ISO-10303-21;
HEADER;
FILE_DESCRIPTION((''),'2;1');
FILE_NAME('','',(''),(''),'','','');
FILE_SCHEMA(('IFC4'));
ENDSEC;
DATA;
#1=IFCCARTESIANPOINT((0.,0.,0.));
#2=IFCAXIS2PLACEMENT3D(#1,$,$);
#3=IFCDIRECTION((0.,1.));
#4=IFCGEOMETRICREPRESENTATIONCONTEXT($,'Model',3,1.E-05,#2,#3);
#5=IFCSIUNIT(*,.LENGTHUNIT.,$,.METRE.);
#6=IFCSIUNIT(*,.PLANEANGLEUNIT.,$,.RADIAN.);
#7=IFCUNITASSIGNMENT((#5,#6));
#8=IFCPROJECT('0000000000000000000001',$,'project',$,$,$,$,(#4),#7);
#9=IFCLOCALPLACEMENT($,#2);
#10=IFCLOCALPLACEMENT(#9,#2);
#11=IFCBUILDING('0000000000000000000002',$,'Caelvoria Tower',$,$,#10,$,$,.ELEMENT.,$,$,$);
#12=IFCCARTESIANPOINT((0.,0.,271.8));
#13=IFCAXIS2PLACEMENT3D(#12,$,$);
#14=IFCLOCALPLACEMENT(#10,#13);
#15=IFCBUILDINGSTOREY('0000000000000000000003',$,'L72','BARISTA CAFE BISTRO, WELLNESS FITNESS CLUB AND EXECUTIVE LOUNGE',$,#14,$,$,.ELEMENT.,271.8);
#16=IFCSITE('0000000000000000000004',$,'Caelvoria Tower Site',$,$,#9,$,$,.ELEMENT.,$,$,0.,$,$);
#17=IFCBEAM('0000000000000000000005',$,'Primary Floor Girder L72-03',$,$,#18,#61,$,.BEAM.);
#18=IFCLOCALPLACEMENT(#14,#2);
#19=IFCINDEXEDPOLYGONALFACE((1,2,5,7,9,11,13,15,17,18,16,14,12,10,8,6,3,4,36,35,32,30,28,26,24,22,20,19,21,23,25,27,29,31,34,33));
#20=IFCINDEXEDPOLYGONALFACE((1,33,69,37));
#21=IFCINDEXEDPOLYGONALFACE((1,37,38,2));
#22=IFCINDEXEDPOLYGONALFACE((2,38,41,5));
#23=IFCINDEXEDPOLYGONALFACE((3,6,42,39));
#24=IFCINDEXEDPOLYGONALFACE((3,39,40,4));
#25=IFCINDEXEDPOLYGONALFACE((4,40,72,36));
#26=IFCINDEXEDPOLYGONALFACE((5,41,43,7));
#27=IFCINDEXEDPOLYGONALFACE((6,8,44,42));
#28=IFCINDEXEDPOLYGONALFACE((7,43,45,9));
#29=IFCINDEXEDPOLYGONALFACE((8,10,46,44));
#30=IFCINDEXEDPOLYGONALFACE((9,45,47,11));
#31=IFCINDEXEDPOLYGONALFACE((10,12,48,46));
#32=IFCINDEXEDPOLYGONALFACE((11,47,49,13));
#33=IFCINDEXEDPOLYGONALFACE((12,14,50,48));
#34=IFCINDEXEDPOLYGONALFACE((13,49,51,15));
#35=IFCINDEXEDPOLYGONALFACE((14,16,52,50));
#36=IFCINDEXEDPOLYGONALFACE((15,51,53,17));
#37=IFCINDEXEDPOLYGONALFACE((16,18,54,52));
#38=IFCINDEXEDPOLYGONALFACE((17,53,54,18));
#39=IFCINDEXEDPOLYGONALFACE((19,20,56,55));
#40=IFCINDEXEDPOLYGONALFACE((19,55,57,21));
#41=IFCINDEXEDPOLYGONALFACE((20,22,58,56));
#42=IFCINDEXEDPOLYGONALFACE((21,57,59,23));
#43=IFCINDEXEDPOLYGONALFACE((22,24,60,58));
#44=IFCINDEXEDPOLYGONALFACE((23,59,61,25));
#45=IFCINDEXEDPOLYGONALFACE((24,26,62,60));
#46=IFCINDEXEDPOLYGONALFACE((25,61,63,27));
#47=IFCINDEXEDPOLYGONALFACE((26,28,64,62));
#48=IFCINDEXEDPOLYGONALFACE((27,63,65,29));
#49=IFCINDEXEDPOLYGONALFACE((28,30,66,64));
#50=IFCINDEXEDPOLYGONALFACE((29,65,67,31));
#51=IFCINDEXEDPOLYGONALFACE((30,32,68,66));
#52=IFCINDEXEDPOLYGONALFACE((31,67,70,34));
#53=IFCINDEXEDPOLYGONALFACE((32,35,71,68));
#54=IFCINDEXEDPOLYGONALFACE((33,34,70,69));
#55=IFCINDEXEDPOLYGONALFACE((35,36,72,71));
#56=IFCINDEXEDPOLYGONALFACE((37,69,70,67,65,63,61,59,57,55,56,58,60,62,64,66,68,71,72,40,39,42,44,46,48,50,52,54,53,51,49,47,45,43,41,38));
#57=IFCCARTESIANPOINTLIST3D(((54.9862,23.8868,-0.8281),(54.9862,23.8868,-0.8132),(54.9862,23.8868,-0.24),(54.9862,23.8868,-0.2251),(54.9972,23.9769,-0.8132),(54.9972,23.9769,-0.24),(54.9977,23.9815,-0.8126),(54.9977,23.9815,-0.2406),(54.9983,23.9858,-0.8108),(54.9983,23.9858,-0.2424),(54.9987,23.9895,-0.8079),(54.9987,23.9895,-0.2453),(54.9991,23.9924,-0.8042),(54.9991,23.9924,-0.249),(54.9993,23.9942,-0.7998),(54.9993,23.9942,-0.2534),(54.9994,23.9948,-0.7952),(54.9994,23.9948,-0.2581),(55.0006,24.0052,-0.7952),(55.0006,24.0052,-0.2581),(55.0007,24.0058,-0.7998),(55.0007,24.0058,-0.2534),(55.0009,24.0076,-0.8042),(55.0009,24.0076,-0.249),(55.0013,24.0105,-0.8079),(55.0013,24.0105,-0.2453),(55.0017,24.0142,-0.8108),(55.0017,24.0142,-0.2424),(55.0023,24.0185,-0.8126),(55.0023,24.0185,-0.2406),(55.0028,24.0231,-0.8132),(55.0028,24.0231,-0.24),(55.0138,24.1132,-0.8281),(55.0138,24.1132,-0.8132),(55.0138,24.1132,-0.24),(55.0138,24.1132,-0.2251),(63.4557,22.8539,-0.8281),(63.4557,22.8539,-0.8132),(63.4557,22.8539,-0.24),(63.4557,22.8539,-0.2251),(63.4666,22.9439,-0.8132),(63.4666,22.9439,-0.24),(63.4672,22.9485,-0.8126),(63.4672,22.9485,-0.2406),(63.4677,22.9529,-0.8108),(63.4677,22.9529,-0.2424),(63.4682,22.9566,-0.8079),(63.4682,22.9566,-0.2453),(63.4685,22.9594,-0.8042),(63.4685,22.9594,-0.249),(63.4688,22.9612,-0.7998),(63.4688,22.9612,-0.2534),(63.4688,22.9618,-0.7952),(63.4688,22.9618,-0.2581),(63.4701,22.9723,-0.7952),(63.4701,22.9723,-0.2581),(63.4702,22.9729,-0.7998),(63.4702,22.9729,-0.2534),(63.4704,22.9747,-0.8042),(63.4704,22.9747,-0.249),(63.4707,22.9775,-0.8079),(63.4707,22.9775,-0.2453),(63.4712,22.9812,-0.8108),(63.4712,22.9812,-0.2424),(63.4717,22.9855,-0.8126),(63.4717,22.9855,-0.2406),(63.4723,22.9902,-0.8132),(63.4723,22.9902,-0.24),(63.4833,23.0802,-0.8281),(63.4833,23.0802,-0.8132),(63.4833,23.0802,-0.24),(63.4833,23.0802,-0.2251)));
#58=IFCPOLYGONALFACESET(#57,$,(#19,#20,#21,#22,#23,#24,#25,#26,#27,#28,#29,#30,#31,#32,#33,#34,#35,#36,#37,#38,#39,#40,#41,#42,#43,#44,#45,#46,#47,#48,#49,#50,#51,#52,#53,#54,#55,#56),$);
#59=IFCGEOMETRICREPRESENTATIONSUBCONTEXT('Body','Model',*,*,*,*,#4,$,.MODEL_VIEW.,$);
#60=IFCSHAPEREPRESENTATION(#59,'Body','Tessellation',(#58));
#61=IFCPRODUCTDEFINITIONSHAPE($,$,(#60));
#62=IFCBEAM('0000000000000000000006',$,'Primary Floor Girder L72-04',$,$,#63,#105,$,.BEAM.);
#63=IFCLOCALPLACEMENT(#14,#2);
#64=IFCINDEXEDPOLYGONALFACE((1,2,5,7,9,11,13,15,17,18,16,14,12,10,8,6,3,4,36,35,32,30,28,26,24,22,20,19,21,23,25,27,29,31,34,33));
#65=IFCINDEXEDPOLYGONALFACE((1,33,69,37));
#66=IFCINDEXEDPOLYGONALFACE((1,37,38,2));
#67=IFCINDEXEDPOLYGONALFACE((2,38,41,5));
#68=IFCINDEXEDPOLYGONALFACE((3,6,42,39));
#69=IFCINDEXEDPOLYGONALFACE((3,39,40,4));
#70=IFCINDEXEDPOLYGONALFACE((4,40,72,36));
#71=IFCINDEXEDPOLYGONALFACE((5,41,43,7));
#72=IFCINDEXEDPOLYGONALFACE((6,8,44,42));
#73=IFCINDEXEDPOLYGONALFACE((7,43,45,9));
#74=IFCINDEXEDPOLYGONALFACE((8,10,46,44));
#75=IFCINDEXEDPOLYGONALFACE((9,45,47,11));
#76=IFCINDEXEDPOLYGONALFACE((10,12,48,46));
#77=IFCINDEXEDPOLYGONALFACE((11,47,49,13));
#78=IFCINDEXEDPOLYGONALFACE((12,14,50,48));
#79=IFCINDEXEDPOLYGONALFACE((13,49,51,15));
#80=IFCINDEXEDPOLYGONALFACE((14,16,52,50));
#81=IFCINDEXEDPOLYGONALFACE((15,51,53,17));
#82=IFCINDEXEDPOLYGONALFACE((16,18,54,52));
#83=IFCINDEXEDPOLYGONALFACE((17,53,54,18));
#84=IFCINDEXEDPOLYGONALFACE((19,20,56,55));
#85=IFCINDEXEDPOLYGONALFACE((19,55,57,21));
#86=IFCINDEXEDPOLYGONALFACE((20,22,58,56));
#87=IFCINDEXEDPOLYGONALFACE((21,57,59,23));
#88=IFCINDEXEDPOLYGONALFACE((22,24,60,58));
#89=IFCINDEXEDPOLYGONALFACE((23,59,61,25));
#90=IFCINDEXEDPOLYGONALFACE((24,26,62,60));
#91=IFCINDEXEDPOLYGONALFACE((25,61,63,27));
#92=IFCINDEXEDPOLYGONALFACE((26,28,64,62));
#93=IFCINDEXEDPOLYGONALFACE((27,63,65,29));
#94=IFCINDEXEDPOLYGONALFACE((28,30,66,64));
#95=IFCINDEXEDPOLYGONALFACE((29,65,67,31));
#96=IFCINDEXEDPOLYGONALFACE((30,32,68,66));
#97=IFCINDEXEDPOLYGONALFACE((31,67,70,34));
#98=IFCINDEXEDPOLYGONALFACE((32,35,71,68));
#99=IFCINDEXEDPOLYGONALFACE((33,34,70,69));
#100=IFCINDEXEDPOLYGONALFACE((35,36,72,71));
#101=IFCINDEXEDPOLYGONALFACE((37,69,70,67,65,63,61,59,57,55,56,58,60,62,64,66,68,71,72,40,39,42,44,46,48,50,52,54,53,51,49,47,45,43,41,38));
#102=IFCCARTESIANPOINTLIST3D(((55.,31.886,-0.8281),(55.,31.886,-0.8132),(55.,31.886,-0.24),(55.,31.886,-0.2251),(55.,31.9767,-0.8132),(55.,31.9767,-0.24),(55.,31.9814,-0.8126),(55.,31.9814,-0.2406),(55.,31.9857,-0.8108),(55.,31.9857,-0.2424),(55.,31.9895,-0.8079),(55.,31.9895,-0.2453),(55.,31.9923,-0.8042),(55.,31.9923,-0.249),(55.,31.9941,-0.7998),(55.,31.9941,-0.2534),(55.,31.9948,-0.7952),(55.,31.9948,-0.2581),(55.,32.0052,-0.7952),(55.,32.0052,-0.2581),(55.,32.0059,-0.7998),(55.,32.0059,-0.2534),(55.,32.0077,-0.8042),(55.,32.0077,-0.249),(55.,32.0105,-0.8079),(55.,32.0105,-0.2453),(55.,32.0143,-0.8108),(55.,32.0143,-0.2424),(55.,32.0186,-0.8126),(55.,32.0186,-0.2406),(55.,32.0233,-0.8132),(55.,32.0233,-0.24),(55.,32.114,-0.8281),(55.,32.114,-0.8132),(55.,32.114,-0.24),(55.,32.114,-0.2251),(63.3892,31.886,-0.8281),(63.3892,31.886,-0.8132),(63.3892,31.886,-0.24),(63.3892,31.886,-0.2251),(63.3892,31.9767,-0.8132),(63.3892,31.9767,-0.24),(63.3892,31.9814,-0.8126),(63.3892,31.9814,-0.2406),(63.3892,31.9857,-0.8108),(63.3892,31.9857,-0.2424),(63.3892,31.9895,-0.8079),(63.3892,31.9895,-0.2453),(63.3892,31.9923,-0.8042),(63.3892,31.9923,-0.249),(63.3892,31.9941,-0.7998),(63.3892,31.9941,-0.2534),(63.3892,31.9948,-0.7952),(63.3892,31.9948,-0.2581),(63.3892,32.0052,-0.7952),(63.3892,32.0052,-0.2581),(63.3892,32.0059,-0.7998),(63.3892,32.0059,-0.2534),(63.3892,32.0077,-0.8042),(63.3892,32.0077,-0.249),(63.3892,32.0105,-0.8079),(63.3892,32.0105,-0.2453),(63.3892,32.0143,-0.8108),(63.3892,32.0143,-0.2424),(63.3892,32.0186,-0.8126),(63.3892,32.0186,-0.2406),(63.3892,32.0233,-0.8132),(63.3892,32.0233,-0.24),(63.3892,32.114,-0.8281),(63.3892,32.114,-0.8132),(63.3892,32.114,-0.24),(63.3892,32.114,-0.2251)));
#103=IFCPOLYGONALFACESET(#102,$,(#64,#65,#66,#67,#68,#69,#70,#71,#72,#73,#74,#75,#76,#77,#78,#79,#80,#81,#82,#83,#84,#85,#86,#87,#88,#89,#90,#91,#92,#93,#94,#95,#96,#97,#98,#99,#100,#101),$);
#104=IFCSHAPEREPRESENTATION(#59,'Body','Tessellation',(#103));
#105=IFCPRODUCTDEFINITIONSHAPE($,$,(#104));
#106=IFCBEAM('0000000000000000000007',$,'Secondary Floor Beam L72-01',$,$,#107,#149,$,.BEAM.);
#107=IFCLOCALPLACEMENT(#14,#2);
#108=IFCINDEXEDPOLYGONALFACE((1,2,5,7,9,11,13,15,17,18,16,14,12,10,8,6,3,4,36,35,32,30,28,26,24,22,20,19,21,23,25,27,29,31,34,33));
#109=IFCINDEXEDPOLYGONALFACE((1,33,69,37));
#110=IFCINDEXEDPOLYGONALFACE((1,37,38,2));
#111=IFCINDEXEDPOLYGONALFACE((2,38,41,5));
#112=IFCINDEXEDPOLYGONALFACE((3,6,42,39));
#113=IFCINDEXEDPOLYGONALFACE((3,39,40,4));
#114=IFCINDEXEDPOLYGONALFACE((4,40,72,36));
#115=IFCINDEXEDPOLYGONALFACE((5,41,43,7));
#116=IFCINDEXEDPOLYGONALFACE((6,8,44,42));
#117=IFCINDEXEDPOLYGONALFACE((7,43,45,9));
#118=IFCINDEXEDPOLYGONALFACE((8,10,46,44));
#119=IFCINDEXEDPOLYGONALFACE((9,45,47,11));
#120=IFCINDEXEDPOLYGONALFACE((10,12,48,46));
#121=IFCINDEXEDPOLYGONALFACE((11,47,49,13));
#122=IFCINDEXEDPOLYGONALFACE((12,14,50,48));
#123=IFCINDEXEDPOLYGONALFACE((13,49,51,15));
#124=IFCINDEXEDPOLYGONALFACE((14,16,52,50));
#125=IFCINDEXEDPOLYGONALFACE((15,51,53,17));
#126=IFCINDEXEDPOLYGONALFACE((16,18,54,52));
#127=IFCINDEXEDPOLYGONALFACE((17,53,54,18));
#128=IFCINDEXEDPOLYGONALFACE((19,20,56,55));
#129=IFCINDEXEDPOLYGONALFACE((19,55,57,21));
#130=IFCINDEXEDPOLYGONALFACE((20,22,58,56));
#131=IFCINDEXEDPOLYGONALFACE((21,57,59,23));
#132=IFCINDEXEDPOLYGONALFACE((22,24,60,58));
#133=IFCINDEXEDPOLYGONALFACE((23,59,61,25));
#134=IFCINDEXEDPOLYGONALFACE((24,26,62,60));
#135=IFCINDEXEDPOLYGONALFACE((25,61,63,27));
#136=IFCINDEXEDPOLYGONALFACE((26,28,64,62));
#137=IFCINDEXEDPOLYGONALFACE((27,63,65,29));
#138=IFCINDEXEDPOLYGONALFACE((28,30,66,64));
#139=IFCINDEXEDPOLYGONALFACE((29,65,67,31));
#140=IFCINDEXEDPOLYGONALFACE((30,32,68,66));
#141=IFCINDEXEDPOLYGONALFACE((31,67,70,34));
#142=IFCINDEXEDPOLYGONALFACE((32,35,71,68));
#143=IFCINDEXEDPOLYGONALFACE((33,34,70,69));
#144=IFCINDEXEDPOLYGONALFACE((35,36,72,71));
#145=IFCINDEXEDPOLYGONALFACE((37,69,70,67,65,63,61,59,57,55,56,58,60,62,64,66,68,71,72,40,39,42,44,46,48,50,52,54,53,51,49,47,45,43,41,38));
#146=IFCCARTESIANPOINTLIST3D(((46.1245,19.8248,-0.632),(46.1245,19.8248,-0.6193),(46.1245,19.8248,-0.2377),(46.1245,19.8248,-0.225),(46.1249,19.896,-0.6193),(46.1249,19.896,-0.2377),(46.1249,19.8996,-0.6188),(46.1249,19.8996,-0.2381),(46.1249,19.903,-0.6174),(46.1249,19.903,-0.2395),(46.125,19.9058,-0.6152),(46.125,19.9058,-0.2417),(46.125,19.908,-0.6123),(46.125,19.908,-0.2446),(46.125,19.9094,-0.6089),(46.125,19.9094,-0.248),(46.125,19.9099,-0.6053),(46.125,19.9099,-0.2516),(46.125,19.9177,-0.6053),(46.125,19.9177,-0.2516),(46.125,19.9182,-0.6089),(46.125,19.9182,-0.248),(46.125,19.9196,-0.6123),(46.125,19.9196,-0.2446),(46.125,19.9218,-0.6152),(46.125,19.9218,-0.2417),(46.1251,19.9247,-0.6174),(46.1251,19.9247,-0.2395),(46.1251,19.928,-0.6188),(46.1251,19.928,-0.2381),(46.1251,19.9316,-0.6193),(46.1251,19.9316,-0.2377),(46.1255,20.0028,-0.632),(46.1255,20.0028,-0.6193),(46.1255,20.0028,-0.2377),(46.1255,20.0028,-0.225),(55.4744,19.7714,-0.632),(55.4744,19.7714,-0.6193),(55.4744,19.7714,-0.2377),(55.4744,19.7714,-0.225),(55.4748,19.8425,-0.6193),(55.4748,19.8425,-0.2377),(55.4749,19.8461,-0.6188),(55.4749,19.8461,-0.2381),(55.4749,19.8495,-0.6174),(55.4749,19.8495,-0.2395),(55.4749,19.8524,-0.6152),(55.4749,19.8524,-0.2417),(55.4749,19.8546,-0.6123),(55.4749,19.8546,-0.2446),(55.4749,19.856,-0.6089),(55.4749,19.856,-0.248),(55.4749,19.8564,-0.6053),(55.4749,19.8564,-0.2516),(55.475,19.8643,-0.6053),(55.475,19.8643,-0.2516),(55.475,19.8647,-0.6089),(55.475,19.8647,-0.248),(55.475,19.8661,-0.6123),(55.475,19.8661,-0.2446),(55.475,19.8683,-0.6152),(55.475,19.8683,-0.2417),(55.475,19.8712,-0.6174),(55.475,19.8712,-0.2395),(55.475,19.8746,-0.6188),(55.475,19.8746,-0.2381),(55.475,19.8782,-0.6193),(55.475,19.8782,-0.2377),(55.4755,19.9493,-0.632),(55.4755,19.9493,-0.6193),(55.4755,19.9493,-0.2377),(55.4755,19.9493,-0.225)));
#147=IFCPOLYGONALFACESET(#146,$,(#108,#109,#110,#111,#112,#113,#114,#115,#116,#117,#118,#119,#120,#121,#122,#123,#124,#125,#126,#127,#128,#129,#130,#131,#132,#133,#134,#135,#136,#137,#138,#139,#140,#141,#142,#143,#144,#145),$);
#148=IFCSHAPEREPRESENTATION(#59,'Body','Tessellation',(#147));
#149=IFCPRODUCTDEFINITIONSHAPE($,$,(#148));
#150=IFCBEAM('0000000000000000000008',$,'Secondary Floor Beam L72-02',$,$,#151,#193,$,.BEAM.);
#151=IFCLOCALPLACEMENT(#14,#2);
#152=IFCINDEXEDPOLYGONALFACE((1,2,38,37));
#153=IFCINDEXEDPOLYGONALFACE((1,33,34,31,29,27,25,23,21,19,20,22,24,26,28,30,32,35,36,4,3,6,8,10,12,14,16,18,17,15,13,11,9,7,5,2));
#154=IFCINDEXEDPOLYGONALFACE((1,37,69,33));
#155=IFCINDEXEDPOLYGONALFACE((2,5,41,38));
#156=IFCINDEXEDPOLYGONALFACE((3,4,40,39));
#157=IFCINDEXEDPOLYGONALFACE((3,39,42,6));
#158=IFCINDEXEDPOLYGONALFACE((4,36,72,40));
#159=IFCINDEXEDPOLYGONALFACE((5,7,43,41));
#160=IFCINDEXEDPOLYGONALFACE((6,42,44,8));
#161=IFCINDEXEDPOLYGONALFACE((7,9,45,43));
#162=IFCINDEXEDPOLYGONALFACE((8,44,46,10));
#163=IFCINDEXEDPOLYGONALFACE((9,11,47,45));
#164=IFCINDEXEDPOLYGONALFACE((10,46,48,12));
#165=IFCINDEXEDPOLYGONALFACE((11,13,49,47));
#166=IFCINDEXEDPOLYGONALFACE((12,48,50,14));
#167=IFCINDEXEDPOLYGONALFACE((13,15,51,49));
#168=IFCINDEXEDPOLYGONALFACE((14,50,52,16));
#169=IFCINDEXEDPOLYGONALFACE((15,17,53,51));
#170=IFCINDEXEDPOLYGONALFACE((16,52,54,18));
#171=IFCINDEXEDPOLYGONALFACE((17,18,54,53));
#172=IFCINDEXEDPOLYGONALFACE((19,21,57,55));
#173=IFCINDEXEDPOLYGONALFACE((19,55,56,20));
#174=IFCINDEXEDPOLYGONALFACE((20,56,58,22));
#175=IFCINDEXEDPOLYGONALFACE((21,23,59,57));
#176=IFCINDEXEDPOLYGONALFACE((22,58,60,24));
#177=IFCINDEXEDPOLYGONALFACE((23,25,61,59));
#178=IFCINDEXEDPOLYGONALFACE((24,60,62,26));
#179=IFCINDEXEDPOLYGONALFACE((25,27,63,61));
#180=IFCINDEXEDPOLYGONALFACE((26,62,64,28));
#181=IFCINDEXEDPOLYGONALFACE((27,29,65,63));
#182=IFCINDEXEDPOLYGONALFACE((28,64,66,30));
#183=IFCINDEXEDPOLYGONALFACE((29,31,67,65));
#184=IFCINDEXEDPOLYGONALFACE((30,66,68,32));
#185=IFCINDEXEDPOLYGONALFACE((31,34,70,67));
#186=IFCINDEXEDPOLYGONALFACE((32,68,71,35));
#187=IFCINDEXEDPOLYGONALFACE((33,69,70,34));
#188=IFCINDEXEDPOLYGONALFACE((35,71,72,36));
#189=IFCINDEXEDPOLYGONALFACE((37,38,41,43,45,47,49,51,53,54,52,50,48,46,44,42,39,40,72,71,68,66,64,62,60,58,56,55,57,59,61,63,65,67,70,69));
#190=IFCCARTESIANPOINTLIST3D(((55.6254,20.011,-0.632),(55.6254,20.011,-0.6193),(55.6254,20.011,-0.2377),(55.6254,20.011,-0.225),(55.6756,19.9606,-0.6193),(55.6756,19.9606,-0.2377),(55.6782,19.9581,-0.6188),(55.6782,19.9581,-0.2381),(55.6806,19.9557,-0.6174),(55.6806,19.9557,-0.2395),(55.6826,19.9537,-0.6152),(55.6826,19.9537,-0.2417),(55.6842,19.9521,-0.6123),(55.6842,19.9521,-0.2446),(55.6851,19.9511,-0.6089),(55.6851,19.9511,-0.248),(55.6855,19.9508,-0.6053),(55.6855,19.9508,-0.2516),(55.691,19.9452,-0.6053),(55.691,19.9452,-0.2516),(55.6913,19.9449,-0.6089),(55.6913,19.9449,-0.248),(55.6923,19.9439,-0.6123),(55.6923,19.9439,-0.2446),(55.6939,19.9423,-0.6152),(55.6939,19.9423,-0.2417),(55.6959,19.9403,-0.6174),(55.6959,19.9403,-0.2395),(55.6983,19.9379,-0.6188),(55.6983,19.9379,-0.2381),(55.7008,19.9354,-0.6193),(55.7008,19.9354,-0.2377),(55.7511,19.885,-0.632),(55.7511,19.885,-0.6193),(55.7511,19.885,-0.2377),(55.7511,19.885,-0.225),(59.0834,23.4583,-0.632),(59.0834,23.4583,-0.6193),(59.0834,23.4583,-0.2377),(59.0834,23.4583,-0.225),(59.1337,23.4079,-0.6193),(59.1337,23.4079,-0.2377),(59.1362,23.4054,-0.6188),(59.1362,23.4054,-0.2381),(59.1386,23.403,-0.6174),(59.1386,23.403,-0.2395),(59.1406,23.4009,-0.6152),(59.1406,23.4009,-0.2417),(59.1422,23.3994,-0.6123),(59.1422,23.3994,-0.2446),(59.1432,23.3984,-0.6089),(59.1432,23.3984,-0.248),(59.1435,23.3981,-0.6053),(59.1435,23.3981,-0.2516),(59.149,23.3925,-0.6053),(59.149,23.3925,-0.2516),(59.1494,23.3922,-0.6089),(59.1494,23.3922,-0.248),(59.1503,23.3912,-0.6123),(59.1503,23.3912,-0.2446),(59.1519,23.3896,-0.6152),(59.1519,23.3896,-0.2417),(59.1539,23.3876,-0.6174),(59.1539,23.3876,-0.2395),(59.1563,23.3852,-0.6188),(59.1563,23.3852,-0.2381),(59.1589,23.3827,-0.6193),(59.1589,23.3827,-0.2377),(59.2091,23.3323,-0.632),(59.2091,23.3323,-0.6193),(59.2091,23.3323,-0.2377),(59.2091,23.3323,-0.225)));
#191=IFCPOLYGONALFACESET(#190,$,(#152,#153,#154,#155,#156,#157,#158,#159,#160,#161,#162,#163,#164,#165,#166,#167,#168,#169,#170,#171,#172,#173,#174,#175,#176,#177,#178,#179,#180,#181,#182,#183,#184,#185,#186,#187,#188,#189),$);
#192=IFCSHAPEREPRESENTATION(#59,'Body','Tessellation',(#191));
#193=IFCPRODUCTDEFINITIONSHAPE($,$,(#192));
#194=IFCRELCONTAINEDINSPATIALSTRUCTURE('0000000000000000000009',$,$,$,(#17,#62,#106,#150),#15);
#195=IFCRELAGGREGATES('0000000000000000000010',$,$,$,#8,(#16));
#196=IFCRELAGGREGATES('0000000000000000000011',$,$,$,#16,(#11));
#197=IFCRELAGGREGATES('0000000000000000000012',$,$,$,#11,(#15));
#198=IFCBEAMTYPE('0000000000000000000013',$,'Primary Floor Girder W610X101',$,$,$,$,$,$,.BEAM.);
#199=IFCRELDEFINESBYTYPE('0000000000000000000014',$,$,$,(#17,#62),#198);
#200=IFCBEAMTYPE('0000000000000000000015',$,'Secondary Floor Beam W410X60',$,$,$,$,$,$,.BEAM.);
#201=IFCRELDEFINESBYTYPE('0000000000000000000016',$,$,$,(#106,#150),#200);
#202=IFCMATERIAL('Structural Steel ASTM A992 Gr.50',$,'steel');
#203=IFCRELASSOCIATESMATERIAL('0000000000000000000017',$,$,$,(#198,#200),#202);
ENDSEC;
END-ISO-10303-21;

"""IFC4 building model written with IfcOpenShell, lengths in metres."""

from ifc_helpers import new_model, si_unit, direction, frame, origin, origin_2d, place, context, subcontext, project, spatial, i_section, extrude, material, material_profile, profile_set, type_object, element, save


model = new_model("IFC4")

# Units and contexts
model_context = context("Model", 3, precision=1e-05, world=origin(), true_north=direction((0.0, 1.0)))
body_context = subcontext(model_context, "Body", "Model", "MODEL_VIEW")
ifc_project = project(units=[si_unit("LENGTHUNIT", "METRE"), si_unit("PLANEANGLEUNIT", "RADIAN")], contexts=[model_context])

# Site, building, storey
site_placement = place(None, origin())
site = spatial("IfcSite", under=ifc_project, at=site_placement, Name="Caelvoria Tower Site", CompositionType="ELEMENT", RefElevation=0.0)
building_placement = place(site_placement, origin())
building = spatial("IfcBuilding", under=site, at=building_placement, Name="Caelvoria Tower", CompositionType="ELEMENT")
storey_placement = place(building_placement, frame((0.0, 0.0, 271.8)))
storey = spatial("IfcBuildingStorey", under=building, at=storey_placement, Name="L72", Description="BARISTA CAFE BISTRO, WELLNESS FITNESS CLUB AND EXECUTIVE LOUNGE", CompositionType="ELEMENT", Elevation=271.8)

# Shared definitions
ifc_material_1 = material(Name="Structural Steel ASTM A992 Gr.50", Category="steel")

# Beams
ifc_material_profile_1 = material_profile(ifc_material_1, i_section(OverallWidth=0.228, OverallDepth=0.603, WebThickness=0.0105, FlangeThickness=0.0149, FilletRadius=0.0181, at=origin_2d()), Name="Structural Steel ASTM A992 Gr.50")
ifc_profile_set_1 = profile_set([ifc_material_profile_1], Name="W610X101 - Structural Steel ASTM A992 Gr.50")
beam_type_1 = type_object("IfcBeamType", Name="Primary Floor Girder W610X101", PredefinedType="BEAM", material=ifc_profile_set_1)
beam_1_placement = place(storey_placement, frame((55.0, 24.0, -0.5266), z_axis=(0.992645, -0.121065, 0.0), x_axis=(0.121065, 0.992645, 0.0)))
element("IfcBeam", 1, at=beam_1_placement, inside=storey, type_object=beam_type_1, Name="Primary Floor Girder L72-03", PredefinedType="BEAM", context=body_context, shape_type="SweptSolid", body=[
    extrude(i_section(OverallWidth=0.228, OverallDepth=0.603, WebThickness=0.0105, FlangeThickness=0.0149, FilletRadius=0.0181, at=origin_2d()), origin(), (0.0, 0.0, 1.0), 8.5322),
])
beam_2_placement = place(storey_placement, frame((55.0, 32.0, -0.5266), z_axis=(1.0, 0.0, 0.0), x_axis=(0.0, 1.0, 0.0)))
element("IfcBeam", 2, at=beam_2_placement, inside=storey, type_object=beam_type_1, Name="Primary Floor Girder L72-04", PredefinedType="BEAM", context=body_context, shape_type="SweptSolid", body=[
    extrude(i_section(OverallWidth=0.228, OverallDepth=0.603, WebThickness=0.0105, FlangeThickness=0.0149, FilletRadius=0.0181, at=origin_2d()), origin(), (0.0, 0.0, 1.0), 8.3892),
])
ifc_material_profile_2 = material_profile(ifc_material_1, i_section(OverallWidth=0.178, OverallDepth=0.407, WebThickness=0.0078, FlangeThickness=0.0127, FilletRadius=0.0139, at=origin_2d()), Name="Structural Steel ASTM A992 Gr.50")
ifc_profile_set_2 = profile_set([ifc_material_profile_2], Name="W410X60 - Structural Steel ASTM A992 Gr.50")
beam_type_2 = type_object("IfcBeamType", Name="Secondary Floor Beam W410X60", PredefinedType="BEAM", material=ifc_profile_set_2)
beam_3_placement = place(storey_placement, frame((46.125, 19.9138, -0.4285), z_axis=(0.999984, -0.005718, 0.0), x_axis=(0.005718, 0.999984, 0.0)))
element("IfcBeam", 3, at=beam_3_placement, inside=storey, type_object=beam_type_2, Name="Secondary Floor Beam L72-01", PredefinedType="BEAM", context=body_context, shape_type="SweptSolid", body=[
    extrude(i_section(OverallWidth=0.178, OverallDepth=0.407, WebThickness=0.0078, FlangeThickness=0.0127, FilletRadius=0.0139, at=origin_2d()), origin(), (0.0, 0.0, 1.0), 9.3501),
])
beam_4_placement = place(storey_placement, frame((55.6882, 19.948, -0.4285), z_axis=(0.708206, 0.706006, 0.0), x_axis=(-0.706006, 0.708206, 0.0)))
element("IfcBeam", 4, at=beam_4_placement, inside=storey, type_object=beam_type_2, Name="Secondary Floor Beam L72-02", PredefinedType="BEAM", context=body_context, shape_type="SweptSolid", body=[
    extrude(i_section(OverallWidth=0.178, OverallDepth=0.407, WebThickness=0.0078, FlangeThickness=0.0127, FilletRadius=0.0139, at=origin_2d()), origin(), (0.0, 0.0, 1.0), 4.8828),
])

save(model, "model.ifc")
